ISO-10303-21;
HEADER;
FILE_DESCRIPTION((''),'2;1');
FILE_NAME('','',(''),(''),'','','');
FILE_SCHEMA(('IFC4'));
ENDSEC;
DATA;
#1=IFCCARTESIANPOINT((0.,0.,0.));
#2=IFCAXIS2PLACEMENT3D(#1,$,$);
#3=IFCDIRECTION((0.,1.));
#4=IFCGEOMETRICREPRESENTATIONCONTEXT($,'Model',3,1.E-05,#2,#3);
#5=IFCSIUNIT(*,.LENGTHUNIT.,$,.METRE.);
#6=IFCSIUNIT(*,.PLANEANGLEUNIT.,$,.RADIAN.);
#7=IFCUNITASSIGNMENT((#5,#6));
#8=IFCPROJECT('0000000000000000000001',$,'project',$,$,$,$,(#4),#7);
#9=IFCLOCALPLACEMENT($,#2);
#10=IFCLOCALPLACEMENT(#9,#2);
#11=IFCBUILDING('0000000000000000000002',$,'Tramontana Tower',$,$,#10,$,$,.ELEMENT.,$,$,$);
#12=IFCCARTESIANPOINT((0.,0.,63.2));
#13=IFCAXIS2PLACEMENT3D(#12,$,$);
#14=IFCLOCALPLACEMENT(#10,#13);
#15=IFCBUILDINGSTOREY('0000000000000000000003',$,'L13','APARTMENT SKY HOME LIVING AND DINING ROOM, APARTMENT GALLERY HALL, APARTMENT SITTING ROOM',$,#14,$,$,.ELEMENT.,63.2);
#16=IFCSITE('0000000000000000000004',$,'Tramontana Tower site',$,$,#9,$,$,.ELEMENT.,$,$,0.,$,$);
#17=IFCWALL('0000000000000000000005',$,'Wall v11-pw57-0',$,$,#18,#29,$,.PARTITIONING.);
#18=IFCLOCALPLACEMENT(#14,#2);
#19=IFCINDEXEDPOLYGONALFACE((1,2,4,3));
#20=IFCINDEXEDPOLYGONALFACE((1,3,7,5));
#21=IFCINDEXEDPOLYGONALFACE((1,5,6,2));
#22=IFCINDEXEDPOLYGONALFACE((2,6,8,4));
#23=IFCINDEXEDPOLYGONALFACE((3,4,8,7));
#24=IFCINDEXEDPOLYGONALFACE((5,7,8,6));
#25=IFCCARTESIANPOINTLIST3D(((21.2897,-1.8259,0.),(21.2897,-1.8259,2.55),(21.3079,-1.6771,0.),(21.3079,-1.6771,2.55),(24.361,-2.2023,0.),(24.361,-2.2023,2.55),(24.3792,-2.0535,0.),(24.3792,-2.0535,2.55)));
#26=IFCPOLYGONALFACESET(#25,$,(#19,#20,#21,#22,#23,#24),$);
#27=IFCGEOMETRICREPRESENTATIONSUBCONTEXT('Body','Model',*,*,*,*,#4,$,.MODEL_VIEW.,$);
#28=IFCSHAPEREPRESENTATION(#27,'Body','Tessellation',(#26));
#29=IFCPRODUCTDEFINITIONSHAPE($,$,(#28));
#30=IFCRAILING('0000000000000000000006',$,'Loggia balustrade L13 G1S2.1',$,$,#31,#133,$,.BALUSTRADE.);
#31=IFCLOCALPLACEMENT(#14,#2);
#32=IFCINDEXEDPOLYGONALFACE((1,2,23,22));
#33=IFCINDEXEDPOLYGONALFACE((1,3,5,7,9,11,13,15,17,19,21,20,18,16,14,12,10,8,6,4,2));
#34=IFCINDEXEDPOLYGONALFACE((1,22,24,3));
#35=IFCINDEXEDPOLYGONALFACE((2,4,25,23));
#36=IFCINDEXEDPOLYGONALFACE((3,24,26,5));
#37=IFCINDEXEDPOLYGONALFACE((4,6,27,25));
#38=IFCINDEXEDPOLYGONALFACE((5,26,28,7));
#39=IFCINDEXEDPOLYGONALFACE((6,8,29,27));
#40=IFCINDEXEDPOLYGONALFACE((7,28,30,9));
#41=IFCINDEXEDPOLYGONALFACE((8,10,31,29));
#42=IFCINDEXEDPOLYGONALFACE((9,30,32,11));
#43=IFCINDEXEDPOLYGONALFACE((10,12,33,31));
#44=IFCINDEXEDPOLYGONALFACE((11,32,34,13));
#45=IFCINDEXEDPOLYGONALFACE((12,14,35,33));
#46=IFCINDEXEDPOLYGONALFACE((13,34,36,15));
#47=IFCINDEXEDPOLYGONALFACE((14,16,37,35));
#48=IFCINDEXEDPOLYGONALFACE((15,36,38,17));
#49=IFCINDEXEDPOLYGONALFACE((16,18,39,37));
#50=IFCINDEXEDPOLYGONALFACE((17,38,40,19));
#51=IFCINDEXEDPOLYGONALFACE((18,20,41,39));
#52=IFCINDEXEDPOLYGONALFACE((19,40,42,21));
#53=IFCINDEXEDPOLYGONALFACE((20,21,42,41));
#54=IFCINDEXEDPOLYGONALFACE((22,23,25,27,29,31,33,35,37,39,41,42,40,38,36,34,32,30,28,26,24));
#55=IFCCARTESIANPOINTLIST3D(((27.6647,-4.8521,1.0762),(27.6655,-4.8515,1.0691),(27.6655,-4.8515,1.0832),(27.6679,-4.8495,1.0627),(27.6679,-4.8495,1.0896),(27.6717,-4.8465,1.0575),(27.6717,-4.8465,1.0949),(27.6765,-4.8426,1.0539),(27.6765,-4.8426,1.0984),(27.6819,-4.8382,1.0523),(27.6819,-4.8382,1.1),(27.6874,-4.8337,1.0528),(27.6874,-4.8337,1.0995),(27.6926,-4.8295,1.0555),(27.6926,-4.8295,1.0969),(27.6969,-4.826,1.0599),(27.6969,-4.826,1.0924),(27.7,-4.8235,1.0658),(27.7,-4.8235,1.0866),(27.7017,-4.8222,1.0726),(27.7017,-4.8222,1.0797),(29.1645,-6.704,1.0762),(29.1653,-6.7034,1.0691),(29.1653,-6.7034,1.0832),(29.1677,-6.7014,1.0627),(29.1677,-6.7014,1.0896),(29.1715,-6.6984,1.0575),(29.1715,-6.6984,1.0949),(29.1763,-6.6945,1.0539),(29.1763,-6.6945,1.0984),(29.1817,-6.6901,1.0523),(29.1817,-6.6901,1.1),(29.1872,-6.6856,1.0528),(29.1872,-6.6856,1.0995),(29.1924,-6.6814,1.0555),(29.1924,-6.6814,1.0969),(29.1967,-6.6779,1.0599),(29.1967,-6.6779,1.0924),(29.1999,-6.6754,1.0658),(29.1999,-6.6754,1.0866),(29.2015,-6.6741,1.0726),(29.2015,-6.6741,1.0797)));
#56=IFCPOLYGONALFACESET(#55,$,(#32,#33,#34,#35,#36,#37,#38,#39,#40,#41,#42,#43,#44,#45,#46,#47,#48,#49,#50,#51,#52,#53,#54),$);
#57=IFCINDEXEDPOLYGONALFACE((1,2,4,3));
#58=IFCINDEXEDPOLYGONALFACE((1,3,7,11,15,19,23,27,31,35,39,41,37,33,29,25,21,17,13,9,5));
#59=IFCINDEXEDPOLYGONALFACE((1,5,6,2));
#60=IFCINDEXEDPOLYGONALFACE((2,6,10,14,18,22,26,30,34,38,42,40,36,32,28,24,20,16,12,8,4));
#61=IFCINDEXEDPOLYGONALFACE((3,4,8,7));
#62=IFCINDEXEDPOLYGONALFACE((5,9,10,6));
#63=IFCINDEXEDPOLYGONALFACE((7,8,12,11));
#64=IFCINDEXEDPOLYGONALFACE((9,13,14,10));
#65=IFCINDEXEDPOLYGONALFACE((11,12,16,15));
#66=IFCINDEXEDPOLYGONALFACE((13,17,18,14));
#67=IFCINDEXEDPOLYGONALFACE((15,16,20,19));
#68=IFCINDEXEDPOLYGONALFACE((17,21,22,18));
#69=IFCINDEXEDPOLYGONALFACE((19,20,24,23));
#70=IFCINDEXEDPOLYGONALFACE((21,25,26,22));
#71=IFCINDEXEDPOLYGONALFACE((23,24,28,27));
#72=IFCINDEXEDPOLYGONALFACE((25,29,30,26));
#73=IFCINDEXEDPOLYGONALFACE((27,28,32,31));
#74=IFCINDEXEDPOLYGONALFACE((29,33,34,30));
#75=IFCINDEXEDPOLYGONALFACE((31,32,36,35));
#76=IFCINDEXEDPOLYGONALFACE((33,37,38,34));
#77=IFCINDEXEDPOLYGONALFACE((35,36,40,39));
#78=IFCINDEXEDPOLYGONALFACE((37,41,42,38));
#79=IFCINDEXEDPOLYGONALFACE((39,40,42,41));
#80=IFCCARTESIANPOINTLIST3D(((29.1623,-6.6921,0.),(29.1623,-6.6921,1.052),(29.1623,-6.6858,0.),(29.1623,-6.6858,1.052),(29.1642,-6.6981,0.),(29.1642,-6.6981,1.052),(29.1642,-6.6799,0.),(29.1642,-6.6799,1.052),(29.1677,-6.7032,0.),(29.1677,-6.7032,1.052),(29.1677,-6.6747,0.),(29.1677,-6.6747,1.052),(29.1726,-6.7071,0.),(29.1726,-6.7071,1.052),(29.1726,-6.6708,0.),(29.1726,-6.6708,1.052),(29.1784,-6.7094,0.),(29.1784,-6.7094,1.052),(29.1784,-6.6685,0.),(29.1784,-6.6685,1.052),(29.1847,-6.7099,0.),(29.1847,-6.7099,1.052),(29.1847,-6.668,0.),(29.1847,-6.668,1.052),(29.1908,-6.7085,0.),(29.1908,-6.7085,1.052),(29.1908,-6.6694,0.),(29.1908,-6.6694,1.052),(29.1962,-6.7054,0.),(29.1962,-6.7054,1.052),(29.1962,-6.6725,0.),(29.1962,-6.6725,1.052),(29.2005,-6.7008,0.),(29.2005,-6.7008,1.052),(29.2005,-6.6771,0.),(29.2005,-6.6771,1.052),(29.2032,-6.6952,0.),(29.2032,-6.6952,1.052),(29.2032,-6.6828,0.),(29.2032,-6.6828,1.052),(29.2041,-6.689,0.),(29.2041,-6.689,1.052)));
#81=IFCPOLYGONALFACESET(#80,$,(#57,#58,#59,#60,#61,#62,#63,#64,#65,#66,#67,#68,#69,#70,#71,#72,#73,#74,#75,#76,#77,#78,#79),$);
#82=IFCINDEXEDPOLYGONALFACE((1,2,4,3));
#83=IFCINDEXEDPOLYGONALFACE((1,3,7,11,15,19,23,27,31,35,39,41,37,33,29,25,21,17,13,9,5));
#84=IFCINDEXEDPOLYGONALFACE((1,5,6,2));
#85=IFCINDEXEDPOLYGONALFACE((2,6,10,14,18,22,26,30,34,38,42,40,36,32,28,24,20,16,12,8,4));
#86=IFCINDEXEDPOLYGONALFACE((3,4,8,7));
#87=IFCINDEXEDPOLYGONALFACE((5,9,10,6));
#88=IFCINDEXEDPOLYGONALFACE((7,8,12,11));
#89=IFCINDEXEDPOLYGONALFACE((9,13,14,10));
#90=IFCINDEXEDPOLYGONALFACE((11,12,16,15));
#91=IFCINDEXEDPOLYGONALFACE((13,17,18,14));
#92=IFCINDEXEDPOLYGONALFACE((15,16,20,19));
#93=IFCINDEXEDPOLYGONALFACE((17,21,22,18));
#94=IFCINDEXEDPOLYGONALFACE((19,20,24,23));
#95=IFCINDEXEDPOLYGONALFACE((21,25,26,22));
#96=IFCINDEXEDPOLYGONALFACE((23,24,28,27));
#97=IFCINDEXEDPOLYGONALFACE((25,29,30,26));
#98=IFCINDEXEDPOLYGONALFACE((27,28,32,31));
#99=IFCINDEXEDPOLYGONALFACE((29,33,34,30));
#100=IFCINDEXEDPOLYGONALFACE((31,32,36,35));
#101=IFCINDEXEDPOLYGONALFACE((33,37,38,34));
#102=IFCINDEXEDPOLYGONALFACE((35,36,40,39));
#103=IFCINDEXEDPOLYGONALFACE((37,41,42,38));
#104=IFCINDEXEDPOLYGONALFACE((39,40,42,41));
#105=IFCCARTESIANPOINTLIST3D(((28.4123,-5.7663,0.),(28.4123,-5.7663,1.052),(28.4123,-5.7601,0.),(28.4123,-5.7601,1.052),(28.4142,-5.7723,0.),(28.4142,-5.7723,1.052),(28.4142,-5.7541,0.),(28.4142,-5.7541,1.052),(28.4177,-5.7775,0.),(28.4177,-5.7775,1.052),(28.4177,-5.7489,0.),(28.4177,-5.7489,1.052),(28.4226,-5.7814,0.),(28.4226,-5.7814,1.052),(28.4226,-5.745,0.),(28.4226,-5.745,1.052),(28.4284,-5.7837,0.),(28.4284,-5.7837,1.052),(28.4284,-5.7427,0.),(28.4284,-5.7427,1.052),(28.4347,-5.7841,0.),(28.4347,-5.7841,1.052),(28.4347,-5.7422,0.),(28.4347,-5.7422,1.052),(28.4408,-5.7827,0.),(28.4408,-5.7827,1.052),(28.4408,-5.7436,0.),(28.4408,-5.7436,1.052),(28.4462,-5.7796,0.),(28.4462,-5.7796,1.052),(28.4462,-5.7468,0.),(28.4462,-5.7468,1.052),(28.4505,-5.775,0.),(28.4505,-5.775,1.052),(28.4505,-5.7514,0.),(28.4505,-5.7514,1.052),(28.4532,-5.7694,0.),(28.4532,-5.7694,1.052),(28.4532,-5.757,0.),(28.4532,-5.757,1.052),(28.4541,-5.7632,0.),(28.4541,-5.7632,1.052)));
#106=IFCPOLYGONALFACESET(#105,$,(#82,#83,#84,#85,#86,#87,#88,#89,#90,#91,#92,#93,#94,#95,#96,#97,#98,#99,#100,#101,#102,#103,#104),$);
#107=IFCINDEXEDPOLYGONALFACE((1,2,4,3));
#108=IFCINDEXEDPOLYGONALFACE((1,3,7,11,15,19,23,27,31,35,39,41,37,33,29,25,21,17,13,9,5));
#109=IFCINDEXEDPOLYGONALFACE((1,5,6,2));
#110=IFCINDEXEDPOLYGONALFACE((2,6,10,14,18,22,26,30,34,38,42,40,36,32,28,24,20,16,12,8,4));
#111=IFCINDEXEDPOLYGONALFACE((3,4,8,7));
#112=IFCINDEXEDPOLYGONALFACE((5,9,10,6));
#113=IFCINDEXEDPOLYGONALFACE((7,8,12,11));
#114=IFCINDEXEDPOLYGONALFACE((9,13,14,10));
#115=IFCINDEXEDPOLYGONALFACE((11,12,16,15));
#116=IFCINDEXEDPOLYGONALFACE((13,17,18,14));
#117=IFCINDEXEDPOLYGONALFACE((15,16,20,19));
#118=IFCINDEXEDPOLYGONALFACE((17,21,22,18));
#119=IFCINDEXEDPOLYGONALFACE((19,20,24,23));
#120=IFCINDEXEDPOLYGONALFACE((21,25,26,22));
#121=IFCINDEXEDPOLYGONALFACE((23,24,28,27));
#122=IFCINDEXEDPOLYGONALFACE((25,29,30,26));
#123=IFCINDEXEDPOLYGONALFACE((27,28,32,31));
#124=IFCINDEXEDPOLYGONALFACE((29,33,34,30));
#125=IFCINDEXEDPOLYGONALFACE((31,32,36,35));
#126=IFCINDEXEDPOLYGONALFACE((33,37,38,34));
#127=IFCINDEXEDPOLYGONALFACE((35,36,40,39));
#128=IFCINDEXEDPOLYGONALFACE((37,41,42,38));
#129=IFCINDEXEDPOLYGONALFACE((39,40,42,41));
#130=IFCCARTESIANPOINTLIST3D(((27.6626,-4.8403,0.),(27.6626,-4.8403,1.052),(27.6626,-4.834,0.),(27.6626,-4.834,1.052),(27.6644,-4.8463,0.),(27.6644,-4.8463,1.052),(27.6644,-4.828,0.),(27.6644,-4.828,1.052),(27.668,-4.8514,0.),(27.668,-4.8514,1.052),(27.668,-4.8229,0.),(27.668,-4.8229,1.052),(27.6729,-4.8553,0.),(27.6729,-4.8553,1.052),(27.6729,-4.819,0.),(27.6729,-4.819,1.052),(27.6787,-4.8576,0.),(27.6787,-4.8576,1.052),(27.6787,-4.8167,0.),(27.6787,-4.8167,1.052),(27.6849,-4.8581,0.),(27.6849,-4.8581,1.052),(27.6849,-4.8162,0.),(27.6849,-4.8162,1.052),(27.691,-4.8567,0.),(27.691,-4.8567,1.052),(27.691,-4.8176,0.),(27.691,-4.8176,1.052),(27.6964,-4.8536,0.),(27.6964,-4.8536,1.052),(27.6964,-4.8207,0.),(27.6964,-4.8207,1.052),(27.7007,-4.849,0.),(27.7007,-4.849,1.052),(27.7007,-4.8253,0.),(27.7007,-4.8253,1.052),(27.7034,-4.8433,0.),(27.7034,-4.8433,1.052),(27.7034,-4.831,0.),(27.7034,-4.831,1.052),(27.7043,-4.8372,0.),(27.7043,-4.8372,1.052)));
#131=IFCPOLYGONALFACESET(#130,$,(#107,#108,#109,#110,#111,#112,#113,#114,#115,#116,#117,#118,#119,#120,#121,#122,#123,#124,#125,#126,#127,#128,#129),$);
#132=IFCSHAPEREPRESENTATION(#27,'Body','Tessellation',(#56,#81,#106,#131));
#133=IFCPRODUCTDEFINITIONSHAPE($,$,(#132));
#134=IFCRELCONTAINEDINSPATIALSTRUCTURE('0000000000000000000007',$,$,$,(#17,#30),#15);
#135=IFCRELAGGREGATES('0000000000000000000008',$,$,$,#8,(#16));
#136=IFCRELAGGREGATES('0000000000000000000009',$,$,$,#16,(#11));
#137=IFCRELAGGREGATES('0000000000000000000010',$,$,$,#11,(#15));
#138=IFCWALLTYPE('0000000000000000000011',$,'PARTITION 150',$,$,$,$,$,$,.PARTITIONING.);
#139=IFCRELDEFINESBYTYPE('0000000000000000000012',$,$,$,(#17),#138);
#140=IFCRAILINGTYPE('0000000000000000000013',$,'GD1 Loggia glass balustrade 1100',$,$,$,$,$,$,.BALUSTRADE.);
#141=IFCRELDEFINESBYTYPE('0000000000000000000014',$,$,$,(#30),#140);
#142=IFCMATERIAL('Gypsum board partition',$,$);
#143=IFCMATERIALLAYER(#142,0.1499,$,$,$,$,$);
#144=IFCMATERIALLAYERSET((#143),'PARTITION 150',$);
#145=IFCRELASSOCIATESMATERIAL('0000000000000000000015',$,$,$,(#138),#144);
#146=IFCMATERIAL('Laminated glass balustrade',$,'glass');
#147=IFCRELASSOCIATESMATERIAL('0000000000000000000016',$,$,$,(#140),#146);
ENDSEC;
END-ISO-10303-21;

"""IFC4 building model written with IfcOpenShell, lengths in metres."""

from ifc_helpers import new_model, si_unit, direction, frame, frame_2d, origin, origin_2d, place, context, subcontext, project, spatial, rectangle, circle, extrude, material, layer, layer_set, type_object, element, save


model = new_model("IFC4")

# Units and contexts
model_context = context("Model", 3, precision=1e-05, world=origin(), true_north=direction((0.0, 1.0)))
body_context = subcontext(model_context, "Body", "Model", "MODEL_VIEW")
ifc_project = project(units=[si_unit("LENGTHUNIT", "METRE"), si_unit("PLANEANGLEUNIT", "RADIAN")], contexts=[model_context])

# Site, building, storey
site_placement = place(None, origin())
site = spatial("IfcSite", under=ifc_project, at=site_placement, Name="Tramontana Tower site", CompositionType="ELEMENT", RefElevation=0.0)
building_placement = place(site_placement, origin())
building = spatial("IfcBuilding", under=site, at=building_placement, Name="Tramontana Tower", CompositionType="ELEMENT")
storey_placement = place(building_placement, frame((0.0, 0.0, 63.2)))
storey = spatial("IfcBuildingStorey", under=building, at=storey_placement, Name="L13", Description="APARTMENT SKY HOME LIVING AND DINING ROOM, APARTMENT GALLERY HALL, APARTMENT SITTING ROOM", CompositionType="ELEMENT", Elevation=63.2)

# Wall
ifc_material_1 = material(Name="Gypsum board partition")
ifc_layer_1 = layer(ifc_material_1, 0.1499)
ifc_layer_set_1 = layer_set([ifc_layer_1], Name="PARTITION 150")
wall_type_1 = type_object("IfcWallType", Name="PARTITION 150", PredefinedType="PARTITIONING", material=ifc_layer_set_1)
wall_1_placement = place(storey_placement, frame((21.2988, -1.7515, 0.0), z_axis=(0.0, 0.0, 1.0), x_axis=(0.992571, -0.121665, 0.0)))
element("IfcWall", 1, at=wall_1_placement, inside=storey, type_object=wall_type_1, Name="Wall v11-pw57-0", PredefinedType="PARTITIONING", context=body_context, shape_type="SweptSolid", body=[
    extrude(rectangle(XDim=3.0942, YDim=0.1499, at=frame_2d((1.5471, 0.0))), origin(), (0.0, 0.0, 1.0), 2.55),
])

# Railing
ifc_material_2 = material(Name="Laminated glass balustrade", Category="glass")
railing_type = type_object("IfcRailingType", Name="GD1 Loggia glass balustrade 1100", PredefinedType="BALUSTRADE", material=ifc_material_2)
railing_placement = place(storey_placement, frame((29.1831, -6.689, 0.0)))
element("IfcRailing", 2, at=railing_placement, inside=storey, type_object=railing_type, Name="Loggia balustrade L13 G1S2.1", PredefinedType="BALUSTRADE", context=body_context, shape_type="SweptSolid", body=[
    extrude(circle(Radius=0.0239, at=origin_2d()), frame((0.0, 0.0, 1.0762), z_axis=(-0.629369, 0.777106, 0.0), x_axis=(-0.777106, -0.629369, 0.0)), (0.0, 0.0, 1.0), 2.3831),
    extrude(circle(Radius=0.021, at=origin_2d()), origin(), (0.0, 0.0, 1.0), 1.052),
    extrude(circle(Radius=0.021, at=origin_2d()), frame((-0.75, 0.9258, 0.0)), (0.0, 0.0, 1.0), 1.052),
    extrude(circle(Radius=0.021, at=origin_2d()), frame((-1.4998, 1.8518, 0.0)), (0.0, 0.0, 1.0), 1.052),
])

save(model, "model.ifc")
